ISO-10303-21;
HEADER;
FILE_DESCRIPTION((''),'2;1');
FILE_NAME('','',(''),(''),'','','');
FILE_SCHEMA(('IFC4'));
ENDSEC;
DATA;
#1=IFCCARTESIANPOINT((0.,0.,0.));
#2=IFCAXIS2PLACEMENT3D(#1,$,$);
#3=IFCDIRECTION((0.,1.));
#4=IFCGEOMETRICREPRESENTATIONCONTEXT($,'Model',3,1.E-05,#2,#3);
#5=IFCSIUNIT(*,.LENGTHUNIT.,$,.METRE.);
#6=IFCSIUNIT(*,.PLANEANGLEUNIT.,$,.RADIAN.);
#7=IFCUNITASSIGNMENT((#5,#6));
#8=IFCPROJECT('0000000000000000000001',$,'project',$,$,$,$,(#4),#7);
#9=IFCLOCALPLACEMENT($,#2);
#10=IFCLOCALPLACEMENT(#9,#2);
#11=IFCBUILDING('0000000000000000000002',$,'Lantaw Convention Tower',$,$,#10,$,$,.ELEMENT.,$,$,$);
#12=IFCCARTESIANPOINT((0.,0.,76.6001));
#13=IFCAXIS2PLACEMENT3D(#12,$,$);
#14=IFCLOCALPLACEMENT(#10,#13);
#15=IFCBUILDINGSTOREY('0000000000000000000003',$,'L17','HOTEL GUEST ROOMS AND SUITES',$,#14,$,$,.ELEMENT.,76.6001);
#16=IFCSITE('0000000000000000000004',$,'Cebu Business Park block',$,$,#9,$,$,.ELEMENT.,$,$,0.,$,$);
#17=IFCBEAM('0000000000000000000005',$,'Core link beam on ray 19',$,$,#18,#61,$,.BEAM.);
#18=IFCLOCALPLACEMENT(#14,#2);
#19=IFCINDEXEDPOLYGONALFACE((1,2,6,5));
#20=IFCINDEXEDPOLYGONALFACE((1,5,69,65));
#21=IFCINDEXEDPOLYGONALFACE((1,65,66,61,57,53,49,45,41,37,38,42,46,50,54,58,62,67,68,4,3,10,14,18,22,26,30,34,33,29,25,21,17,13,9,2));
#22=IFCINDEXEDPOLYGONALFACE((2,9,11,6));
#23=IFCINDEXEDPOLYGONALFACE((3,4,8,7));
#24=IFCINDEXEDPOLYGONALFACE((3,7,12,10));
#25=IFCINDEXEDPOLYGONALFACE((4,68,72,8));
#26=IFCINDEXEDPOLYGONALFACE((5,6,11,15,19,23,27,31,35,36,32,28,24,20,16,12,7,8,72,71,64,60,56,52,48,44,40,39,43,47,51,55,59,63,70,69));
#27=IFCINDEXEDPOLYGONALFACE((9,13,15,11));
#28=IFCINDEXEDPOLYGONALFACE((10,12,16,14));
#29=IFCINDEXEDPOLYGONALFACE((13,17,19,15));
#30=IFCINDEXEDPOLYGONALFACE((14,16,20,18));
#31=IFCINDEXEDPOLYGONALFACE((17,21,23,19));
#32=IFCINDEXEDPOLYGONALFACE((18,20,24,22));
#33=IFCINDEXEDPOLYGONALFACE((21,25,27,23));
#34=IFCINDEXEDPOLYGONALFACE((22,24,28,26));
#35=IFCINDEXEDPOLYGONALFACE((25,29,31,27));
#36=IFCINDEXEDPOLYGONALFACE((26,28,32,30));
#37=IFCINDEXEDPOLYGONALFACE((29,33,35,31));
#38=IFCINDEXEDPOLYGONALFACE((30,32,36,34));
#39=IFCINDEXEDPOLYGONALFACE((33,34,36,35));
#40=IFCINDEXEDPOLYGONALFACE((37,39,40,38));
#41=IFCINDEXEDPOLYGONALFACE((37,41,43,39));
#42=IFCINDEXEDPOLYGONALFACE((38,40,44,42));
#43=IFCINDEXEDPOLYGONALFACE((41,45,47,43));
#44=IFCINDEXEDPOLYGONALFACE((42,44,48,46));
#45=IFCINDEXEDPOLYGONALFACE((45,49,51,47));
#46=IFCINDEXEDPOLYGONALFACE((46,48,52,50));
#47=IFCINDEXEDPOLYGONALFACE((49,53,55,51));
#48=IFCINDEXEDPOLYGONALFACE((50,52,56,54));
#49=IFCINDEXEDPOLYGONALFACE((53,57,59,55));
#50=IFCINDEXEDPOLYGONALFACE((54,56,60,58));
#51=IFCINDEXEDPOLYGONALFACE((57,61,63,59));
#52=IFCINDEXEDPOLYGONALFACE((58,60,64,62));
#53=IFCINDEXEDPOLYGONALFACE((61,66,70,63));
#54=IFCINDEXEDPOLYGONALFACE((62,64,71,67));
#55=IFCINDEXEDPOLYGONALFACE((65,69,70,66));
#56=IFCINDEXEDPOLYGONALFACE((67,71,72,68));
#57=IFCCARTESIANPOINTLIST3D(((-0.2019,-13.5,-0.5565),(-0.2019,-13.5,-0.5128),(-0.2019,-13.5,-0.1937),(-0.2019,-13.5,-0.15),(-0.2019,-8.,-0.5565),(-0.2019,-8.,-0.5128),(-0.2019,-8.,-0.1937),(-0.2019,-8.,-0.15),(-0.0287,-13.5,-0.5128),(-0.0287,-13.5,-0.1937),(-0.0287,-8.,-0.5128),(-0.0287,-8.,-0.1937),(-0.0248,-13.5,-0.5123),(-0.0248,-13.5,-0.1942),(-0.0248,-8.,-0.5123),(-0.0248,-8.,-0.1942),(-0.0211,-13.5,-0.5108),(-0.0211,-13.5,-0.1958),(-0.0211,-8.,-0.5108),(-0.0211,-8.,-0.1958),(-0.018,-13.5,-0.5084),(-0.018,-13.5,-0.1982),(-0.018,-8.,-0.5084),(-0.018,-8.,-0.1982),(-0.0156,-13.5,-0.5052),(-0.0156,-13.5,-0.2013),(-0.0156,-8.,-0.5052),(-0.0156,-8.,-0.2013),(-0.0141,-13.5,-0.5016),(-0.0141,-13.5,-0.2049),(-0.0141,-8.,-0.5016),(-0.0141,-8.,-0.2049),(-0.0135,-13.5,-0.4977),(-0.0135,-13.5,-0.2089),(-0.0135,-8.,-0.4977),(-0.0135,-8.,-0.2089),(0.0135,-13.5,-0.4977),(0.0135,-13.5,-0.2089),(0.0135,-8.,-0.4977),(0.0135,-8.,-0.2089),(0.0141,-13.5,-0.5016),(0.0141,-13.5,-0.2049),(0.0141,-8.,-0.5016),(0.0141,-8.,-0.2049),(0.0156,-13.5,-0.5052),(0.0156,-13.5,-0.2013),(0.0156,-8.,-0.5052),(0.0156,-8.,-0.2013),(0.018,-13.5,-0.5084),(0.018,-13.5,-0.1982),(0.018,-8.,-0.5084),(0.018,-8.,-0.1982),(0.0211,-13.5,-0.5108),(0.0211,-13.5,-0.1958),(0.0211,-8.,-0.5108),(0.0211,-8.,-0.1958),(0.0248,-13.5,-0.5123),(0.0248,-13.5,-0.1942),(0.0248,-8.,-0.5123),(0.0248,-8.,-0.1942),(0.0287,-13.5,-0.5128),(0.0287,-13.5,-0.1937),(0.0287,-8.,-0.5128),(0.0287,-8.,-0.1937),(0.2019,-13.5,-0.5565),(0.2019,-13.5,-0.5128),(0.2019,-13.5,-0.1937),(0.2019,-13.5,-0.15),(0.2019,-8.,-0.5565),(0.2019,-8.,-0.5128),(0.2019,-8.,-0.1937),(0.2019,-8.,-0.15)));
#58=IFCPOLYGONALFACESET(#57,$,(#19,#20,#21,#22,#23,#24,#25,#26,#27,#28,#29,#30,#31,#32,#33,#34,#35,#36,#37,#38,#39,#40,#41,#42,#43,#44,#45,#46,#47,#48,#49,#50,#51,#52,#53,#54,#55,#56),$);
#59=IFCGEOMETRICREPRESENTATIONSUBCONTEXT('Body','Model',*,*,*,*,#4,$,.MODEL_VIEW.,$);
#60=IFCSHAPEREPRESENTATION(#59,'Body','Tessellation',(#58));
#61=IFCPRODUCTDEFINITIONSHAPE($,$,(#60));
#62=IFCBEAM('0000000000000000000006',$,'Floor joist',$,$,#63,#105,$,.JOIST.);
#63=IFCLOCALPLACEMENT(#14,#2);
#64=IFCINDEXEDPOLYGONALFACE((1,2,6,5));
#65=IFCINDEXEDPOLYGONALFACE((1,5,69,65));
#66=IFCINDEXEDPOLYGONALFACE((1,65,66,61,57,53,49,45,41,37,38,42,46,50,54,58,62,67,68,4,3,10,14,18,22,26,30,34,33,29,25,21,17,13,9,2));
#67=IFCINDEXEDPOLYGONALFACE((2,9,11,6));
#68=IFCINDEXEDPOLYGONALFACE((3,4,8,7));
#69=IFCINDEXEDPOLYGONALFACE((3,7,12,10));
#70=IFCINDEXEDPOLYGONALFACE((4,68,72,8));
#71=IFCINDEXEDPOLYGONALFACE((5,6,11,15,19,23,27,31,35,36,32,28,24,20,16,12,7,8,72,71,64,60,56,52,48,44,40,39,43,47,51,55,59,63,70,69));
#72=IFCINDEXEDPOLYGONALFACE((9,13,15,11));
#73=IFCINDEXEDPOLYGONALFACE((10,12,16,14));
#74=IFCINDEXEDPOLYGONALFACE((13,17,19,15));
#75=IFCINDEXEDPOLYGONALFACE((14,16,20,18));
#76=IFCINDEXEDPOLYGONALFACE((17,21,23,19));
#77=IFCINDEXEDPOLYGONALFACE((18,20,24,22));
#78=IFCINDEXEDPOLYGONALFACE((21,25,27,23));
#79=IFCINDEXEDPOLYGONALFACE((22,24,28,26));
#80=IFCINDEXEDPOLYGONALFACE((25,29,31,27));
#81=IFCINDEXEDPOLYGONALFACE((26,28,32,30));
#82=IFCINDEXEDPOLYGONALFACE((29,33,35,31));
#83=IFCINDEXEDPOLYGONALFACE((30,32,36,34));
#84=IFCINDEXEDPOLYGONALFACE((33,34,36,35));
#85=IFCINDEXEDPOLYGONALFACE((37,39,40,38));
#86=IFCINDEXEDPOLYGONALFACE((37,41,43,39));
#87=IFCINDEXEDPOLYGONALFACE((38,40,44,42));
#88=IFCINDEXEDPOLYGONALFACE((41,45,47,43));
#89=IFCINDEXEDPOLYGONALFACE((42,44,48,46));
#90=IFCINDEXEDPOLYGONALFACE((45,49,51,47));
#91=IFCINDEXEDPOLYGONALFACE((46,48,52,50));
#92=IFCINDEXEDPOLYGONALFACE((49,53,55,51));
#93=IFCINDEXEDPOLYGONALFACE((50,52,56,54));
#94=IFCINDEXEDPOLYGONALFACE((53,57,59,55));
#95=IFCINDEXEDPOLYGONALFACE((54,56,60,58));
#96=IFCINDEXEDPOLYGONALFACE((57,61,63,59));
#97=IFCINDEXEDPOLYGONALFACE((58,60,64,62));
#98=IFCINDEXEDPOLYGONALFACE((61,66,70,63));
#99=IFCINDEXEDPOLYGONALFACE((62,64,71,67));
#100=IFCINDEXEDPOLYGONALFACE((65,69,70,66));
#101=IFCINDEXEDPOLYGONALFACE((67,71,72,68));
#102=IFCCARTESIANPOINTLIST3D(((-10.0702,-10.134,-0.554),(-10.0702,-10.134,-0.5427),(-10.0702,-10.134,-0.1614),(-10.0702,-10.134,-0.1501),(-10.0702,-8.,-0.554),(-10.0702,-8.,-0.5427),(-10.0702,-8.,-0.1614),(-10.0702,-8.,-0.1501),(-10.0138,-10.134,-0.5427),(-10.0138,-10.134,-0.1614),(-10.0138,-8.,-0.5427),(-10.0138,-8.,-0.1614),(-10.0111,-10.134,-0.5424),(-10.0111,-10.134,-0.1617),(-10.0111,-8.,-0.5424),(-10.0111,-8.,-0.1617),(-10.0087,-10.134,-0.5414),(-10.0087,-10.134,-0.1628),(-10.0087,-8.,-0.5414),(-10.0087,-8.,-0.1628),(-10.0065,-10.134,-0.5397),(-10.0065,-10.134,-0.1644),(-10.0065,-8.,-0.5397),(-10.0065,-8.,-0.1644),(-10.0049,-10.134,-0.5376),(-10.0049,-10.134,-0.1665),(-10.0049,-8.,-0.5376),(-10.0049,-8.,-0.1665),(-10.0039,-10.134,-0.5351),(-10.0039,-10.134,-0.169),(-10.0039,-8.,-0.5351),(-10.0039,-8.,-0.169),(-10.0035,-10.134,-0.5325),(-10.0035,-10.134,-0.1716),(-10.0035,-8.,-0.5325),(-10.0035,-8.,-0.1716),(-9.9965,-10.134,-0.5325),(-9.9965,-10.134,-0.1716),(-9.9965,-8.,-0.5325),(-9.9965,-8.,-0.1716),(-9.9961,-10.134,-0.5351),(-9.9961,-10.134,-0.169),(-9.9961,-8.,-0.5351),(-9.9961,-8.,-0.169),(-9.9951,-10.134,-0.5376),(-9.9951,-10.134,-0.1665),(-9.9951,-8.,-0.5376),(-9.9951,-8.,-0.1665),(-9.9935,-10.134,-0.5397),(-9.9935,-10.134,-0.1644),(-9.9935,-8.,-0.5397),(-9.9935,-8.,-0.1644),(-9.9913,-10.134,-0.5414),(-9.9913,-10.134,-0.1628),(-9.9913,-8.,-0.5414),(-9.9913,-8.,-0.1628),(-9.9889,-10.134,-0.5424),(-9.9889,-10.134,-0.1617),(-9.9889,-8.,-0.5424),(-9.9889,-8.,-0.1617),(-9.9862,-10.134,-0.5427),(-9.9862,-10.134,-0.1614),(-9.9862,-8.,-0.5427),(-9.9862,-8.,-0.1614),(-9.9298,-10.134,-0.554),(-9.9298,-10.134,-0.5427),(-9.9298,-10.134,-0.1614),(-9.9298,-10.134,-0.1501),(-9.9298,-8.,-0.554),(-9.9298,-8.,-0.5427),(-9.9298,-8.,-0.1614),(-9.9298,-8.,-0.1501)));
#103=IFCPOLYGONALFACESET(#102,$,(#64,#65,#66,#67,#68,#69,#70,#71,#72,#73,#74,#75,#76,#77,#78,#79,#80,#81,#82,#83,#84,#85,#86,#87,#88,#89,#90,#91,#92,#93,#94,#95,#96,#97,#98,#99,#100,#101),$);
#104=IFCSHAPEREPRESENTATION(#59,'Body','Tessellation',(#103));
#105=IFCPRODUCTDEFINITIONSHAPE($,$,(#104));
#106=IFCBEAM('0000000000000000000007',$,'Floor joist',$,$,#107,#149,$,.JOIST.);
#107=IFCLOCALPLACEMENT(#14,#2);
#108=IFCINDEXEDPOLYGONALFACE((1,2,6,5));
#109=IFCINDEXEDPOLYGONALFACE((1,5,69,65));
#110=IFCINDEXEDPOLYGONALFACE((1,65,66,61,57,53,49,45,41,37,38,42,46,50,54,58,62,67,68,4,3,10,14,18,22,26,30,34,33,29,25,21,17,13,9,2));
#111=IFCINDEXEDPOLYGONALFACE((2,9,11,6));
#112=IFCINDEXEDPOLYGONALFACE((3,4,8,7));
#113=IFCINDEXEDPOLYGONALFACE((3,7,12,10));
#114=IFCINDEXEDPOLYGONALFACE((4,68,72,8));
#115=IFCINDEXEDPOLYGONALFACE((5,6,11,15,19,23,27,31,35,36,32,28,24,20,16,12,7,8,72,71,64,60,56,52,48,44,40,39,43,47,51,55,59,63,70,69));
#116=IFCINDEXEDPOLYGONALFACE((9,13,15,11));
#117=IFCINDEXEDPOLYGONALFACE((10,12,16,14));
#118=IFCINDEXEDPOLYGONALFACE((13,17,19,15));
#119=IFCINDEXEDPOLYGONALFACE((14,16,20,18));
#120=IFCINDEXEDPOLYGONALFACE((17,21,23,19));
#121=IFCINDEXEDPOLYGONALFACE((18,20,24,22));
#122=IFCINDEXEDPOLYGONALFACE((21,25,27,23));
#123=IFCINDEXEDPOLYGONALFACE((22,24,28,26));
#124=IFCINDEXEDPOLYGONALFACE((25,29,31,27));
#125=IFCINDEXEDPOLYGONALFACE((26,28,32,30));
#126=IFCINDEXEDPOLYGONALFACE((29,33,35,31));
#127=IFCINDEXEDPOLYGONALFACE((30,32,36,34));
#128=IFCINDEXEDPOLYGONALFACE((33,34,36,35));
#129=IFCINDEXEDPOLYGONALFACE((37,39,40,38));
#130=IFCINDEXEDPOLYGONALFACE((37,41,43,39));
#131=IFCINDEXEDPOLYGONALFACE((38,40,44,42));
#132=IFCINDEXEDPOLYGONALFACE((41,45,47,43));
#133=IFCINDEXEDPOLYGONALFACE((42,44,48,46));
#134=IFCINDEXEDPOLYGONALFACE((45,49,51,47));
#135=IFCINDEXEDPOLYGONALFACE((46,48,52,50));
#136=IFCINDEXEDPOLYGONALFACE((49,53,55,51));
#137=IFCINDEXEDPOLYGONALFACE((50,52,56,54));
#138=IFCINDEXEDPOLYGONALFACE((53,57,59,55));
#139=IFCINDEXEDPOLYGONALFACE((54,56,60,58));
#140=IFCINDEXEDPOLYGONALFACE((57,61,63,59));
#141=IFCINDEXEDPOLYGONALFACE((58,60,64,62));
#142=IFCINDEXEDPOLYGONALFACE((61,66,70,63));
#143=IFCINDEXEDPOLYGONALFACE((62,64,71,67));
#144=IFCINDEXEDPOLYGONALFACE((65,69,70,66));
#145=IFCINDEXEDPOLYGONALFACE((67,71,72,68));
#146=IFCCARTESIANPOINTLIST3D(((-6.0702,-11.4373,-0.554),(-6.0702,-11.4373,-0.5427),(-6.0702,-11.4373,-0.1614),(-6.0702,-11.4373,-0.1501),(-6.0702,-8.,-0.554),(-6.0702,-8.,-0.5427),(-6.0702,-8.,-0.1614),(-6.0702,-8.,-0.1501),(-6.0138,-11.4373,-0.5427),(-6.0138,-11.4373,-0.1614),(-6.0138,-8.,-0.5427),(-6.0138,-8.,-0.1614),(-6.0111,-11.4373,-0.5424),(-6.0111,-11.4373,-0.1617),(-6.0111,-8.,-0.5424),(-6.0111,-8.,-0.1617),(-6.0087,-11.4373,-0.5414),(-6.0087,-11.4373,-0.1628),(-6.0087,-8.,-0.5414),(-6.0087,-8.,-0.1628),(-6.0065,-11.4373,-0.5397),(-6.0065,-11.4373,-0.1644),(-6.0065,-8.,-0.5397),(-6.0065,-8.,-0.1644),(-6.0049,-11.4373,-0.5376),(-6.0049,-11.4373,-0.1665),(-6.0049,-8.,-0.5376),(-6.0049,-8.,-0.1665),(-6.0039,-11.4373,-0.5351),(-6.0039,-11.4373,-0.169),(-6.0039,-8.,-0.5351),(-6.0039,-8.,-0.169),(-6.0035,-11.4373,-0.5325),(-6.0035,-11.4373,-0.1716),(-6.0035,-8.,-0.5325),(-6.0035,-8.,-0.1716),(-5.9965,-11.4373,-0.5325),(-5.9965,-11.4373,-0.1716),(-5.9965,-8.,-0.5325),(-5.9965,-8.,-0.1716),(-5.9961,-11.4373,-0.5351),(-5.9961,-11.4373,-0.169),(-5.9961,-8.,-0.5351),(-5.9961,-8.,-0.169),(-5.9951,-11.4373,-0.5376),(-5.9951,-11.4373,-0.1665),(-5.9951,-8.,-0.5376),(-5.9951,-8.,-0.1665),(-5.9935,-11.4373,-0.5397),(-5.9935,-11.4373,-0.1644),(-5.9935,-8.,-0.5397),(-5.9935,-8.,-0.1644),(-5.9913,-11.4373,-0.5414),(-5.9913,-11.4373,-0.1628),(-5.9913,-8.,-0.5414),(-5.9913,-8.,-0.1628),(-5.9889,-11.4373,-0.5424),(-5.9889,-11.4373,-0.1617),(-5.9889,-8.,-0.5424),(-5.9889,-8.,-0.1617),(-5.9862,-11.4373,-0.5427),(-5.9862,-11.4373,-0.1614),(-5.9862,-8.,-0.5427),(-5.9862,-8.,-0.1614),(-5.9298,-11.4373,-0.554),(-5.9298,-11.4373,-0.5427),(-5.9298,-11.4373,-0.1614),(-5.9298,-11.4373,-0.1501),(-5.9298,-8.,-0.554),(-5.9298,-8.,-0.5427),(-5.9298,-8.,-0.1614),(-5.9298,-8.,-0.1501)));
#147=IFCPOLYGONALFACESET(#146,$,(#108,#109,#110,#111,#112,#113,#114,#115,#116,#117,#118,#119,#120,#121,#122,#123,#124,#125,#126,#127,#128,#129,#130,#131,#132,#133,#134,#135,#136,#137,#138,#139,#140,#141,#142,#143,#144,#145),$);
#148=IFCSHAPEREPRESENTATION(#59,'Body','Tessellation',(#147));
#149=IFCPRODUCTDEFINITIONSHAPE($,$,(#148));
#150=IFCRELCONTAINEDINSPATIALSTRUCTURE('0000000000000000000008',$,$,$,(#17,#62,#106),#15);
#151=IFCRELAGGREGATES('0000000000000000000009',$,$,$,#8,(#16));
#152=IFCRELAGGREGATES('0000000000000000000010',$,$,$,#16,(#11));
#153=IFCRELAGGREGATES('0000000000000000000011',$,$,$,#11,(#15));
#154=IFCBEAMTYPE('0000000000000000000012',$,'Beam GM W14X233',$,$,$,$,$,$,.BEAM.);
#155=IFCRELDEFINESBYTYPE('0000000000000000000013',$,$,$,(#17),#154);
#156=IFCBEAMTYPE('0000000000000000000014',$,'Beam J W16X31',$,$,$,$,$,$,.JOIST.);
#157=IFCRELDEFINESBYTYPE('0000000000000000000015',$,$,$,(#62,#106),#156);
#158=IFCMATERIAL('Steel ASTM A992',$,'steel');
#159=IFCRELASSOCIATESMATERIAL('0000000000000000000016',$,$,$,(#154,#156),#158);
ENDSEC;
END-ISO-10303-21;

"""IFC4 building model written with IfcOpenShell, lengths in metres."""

from ifc_helpers import new_model, si_unit, direction, frame, origin, origin_2d, place, context, subcontext, project, spatial, i_section, extrude, material, material_profile, profile_set, type_object, element, save


model = new_model("IFC4")

# Units and contexts
model_context = context("Model", 3, precision=1e-05, world=origin(), true_north=direction((0.0, 1.0)))
body_context = subcontext(model_context, "Body", "Model", "MODEL_VIEW")
ifc_project = project(units=[si_unit("LENGTHUNIT", "METRE"), si_unit("PLANEANGLEUNIT", "RADIAN")], contexts=[model_context])

# Site, building, storey
site_placement = place(None, origin())
site = spatial("IfcSite", under=ifc_project, at=site_placement, Name="Cebu Business Park block", CompositionType="ELEMENT", RefElevation=0.0)
building_placement = place(site_placement, origin())
building = spatial("IfcBuilding", under=site, at=building_placement, Name="Lantaw Convention Tower", CompositionType="ELEMENT")
storey_placement = place(building_placement, frame((0.0, 0.0, 76.6001)))
storey = spatial("IfcBuildingStorey", under=building, at=storey_placement, Name="L17", Description="HOTEL GUEST ROOMS AND SUITES", CompositionType="ELEMENT", Elevation=76.6001)

# Beams
ifc_material_1 = material(Name="Steel ASTM A992", Category="steel")
ifc_material_profile_1 = material_profile(ifc_material_1, i_section(OverallWidth=0.4038, OverallDepth=0.4065, WebThickness=0.0271, FlangeThickness=0.0437, FilletRadius=0.0151, at=origin_2d()), Name="W14X233")
ifc_profile_set_1 = profile_set([ifc_material_profile_1], Name="Steel ASTM A992")
beam_type_1 = type_object("IfcBeamType", Name="Beam GM W14X233", PredefinedType="BEAM", material=ifc_profile_set_1)
beam_1_placement = place(storey_placement, frame((0.0, -8.0, -0.3533), z_axis=(0.0, -1.0, 0.0), x_axis=(1.0, 0.0, 0.0)))
element("IfcBeam", 1, at=beam_1_placement, inside=storey, type_object=beam_type_1, Name="Core link beam on ray 19", PredefinedType="BEAM", context=body_context, shape_type="SweptSolid", body=[
    extrude(i_section(OverallWidth=0.4038, OverallDepth=0.4065, WebThickness=0.0271, FlangeThickness=0.0437, FilletRadius=0.0151, at=origin_2d()), origin(), (0.0, 0.0, 1.0), 5.5),
])
ifc_material_profile_2 = material_profile(ifc_material_1, i_section(OverallWidth=0.1404, OverallDepth=0.4038, WebThickness=0.0071, FlangeThickness=0.0112, FilletRadius=0.0103, at=origin_2d()), Name="W16X31")
ifc_profile_set_2 = profile_set([ifc_material_profile_2], Name="Steel ASTM A992")
beam_type_2 = type_object("IfcBeamType", Name="Beam J W16X31", PredefinedType="JOIST", material=ifc_profile_set_2)
beam_2_placement = place(storey_placement, frame((-10.0, -10.134, -0.3521), z_axis=(0.0, 1.0, 0.0), x_axis=(-1.0, 0.0, 0.0)))
element("IfcBeam", 2, at=beam_2_placement, inside=storey, type_object=beam_type_2, Name="Floor joist", PredefinedType="JOIST", context=body_context, shape_type="SweptSolid", body=[
    extrude(i_section(OverallWidth=0.1404, OverallDepth=0.4038, WebThickness=0.0071, FlangeThickness=0.0112, FilletRadius=0.0103, at=origin_2d()), origin(), (0.0, 0.0, 1.0), 2.134),
])
beam_3_placement = place(storey_placement, frame((-6.0, -11.4373, -0.3521), z_axis=(0.0, 1.0, 0.0), x_axis=(-1.0, 0.0, 0.0)))
element("IfcBeam", 3, at=beam_3_placement, inside=storey, type_object=beam_type_2, Name="Floor joist", PredefinedType="JOIST", context=body_context, shape_type="SweptSolid", body=[
    extrude(i_section(OverallWidth=0.1404, OverallDepth=0.4038, WebThickness=0.0071, FlangeThickness=0.0112, FilletRadius=0.0103, at=origin_2d()), origin(), (0.0, 0.0, 1.0), 3.4373),
])

save(model, "model.ifc")
